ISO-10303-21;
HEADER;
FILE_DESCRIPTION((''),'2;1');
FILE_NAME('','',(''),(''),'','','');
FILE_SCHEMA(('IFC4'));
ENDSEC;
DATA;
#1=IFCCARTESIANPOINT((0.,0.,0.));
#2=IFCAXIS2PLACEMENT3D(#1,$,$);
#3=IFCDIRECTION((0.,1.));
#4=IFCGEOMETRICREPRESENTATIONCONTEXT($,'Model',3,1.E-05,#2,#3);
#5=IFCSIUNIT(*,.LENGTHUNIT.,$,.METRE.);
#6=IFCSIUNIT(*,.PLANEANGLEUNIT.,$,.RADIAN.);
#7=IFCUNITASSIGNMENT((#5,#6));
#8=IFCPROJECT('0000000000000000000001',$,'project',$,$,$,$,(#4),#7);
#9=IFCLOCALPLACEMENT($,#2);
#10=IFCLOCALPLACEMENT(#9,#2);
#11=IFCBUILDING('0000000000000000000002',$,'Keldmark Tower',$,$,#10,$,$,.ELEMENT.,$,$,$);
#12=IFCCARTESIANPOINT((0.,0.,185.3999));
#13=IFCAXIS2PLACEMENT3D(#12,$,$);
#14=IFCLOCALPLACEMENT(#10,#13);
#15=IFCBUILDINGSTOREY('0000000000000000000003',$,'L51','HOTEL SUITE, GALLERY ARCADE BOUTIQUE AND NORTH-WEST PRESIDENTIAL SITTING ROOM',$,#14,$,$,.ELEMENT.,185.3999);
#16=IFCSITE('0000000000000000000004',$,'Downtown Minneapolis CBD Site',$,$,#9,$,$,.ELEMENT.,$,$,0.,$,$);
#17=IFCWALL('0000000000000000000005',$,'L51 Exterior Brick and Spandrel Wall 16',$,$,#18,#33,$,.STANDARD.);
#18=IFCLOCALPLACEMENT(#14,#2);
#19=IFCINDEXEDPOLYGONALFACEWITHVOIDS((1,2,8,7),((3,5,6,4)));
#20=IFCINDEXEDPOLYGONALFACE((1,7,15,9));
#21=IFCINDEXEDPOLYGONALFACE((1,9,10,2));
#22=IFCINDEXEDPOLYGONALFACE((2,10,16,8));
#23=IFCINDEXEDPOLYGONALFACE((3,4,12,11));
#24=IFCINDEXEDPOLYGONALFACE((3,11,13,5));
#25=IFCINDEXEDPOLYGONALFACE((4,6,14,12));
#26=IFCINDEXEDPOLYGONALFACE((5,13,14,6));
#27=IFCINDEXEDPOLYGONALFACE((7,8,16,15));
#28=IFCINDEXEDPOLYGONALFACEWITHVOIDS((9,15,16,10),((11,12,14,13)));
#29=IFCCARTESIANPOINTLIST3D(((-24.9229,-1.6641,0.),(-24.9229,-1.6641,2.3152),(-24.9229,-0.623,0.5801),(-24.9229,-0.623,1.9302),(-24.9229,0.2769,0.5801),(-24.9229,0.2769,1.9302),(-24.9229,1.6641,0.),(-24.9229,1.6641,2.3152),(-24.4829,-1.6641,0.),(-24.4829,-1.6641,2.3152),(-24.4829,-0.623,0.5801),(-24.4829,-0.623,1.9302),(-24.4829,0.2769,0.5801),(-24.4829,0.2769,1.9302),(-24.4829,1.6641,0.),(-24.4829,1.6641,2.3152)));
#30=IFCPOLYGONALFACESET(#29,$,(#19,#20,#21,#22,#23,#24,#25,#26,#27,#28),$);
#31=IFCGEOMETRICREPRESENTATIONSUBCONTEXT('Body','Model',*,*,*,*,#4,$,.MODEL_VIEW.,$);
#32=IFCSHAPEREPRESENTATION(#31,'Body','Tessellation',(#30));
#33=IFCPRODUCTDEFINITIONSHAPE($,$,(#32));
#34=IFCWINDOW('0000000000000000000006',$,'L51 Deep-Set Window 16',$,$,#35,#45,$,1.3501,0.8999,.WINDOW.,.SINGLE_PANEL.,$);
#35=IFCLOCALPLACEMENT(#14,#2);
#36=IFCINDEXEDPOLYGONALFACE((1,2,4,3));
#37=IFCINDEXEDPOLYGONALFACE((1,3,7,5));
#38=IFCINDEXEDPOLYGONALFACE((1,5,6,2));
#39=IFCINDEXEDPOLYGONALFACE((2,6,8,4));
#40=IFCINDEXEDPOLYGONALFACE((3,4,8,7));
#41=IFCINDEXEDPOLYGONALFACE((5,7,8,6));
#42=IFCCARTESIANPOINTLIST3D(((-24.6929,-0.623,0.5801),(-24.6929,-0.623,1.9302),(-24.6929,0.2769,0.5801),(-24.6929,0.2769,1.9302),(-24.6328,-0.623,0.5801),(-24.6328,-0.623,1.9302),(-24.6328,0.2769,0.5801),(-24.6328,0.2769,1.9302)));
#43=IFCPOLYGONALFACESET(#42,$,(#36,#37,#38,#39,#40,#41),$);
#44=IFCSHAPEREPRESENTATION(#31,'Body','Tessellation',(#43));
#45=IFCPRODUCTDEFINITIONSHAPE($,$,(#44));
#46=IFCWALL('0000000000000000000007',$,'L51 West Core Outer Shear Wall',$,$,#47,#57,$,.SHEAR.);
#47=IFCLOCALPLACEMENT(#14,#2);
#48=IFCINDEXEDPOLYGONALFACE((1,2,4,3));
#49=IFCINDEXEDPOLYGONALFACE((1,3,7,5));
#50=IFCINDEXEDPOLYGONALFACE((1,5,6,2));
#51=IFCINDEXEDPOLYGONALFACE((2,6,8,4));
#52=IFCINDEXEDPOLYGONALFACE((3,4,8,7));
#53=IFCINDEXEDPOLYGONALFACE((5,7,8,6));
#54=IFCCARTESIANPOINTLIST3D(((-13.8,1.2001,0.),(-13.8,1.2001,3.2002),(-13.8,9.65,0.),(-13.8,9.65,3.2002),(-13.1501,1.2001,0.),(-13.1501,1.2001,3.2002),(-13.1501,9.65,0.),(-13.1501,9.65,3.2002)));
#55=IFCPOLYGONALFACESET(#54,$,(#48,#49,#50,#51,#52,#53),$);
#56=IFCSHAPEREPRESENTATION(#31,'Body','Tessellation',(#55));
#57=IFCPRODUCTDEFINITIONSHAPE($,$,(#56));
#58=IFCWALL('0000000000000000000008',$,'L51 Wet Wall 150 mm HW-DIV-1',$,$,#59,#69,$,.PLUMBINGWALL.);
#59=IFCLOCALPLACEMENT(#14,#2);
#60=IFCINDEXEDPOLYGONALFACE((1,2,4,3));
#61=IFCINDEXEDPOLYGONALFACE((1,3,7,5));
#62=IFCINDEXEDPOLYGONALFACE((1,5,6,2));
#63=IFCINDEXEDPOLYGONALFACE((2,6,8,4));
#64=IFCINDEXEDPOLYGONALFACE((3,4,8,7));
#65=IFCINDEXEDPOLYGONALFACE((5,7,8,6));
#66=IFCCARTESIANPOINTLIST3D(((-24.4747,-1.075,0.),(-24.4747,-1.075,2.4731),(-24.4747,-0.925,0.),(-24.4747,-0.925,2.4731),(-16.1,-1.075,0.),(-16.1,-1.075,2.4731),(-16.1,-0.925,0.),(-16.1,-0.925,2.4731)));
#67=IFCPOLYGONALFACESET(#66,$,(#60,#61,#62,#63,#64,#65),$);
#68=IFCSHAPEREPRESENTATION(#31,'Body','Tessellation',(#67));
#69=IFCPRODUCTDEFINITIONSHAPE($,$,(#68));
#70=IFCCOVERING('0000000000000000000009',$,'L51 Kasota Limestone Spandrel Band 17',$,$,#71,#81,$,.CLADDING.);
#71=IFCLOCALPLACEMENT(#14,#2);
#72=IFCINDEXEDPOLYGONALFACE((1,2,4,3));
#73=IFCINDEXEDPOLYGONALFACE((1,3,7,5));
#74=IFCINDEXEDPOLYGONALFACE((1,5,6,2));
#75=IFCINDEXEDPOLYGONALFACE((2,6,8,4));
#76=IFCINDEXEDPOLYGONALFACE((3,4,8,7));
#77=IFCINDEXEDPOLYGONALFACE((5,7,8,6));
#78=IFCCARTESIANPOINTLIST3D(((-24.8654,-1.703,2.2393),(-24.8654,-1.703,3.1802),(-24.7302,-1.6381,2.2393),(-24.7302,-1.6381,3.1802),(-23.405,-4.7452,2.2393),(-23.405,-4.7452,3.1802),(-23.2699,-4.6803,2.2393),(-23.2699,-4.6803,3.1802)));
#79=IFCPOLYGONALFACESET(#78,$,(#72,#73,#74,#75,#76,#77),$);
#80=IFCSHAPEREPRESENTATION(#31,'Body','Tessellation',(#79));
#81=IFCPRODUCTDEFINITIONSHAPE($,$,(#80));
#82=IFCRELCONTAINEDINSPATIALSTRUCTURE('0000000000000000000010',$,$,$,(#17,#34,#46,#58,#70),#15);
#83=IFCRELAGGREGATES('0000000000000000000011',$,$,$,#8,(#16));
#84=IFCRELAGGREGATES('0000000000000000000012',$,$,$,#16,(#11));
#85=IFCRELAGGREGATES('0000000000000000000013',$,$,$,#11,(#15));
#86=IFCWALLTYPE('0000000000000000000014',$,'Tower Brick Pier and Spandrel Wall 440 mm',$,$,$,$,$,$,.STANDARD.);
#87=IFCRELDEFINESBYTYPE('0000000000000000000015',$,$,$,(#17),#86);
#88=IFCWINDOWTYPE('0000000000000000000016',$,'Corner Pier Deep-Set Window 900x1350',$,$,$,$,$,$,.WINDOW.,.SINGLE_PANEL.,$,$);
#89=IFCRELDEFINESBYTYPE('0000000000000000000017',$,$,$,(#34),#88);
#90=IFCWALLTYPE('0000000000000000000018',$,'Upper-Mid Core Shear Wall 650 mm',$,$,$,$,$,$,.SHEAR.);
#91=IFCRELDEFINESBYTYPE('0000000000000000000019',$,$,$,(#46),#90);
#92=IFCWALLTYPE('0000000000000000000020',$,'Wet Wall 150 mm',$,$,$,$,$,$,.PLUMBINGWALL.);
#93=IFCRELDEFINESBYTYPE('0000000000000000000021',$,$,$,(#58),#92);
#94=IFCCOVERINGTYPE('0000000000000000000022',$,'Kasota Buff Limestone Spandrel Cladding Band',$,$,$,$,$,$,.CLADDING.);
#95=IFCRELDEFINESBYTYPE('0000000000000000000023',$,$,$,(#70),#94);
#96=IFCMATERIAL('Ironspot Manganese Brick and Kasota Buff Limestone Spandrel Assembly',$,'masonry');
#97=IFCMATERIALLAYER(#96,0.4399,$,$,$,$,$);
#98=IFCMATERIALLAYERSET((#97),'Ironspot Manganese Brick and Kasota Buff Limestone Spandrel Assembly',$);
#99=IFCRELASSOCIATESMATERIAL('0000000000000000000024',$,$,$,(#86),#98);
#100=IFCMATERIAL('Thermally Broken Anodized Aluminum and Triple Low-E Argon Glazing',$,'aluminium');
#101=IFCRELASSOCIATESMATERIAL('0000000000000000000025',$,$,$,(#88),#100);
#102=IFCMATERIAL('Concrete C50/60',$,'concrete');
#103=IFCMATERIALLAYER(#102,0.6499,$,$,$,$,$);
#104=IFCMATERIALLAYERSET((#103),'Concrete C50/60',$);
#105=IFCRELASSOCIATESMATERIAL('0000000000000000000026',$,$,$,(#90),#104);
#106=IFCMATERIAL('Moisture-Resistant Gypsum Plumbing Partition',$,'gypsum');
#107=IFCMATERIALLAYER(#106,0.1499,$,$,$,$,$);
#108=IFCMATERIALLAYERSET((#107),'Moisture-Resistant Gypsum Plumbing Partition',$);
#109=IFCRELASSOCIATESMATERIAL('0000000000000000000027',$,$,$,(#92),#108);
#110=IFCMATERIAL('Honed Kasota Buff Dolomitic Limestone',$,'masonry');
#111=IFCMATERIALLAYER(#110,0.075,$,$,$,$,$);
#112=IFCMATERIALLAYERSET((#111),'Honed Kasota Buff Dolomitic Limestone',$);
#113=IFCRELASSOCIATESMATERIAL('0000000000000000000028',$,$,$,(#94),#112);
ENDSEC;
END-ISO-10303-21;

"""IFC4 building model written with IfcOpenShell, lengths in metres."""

from ifc_helpers import new_model, si_unit, direction, frame, frame_2d, origin, origin_2d, place, context, subcontext, project, spatial, rectangle, extrude, material, layer, layer_set, type_object, element, fill, save


model = new_model("IFC4")

# Units and contexts
model_context = context("Model", 3, precision=1e-05, world=origin(), true_north=direction((0.0, 1.0)))
body_context = subcontext(model_context, "Body", "Model", "MODEL_VIEW")
ifc_project = project(units=[si_unit("LENGTHUNIT", "METRE"), si_unit("PLANEANGLEUNIT", "RADIAN")], contexts=[model_context])

# Site, building, storey
site_placement = place(None, origin())
site = spatial("IfcSite", under=ifc_project, at=site_placement, Name="Downtown Minneapolis CBD Site", CompositionType="ELEMENT", RefElevation=0.0)
building_placement = place(site_placement, origin())
building = spatial("IfcBuilding", under=site, at=building_placement, Name="Keldmark Tower", CompositionType="ELEMENT")
storey_placement = place(building_placement, frame((0.0, 0.0, 185.3999)))
storey = spatial("IfcBuildingStorey", under=building, at=storey_placement, Name="L51", Description="HOTEL SUITE, GALLERY ARCADE BOUTIQUE AND NORTH-WEST PRESIDENTIAL SITTING ROOM", CompositionType="ELEMENT", Elevation=185.3999)

# Wall, opening, window
ifc_material_1 = material(Name="Ironspot Manganese Brick and Kasota Buff Limestone Spandrel Assembly", Category="masonry")
ifc_layer_1 = layer(ifc_material_1, 0.4399)
ifc_layer_set_1 = layer_set([ifc_layer_1], Name="Ironspot Manganese Brick and Kasota Buff Limestone Spandrel Assembly")
wall_type_1 = type_object("IfcWallType", Name="Tower Brick Pier and Spandrel Wall 440 mm", PredefinedType="STANDARD", material=ifc_layer_set_1)
wall_1_placement = place(storey_placement, frame((-24.7029, -1.6641, 0.0), z_axis=(0.0, 0.0, 1.0), x_axis=(0.0, 1.0, 0.0)))
wall_1 = element("IfcWall", 1, at=wall_1_placement, inside=storey, type_object=wall_type_1, Name="L51 Exterior Brick and Spandrel Wall 16", PredefinedType="STANDARD", context=body_context, shape_type="SweptSolid", body=[
    extrude(rectangle(XDim=3.3281, YDim=0.4399, at=frame_2d((1.6641, 0.0))), origin(), (0.0, 0.0, 1.0), 2.3152),
])
opening_1_placement = place(wall_1_placement, frame((1.041, 0.0, 0.5801)))
opening_1 = element("IfcOpeningElement", 2, at=opening_1_placement, cuts=wall_1, PredefinedType="OPENING", context=body_context, shape_type="SweptSolid", body=[
    extrude(rectangle(XDim=0.8999, YDim=1.3501, at=frame_2d((0.45, 0.675))), frame((0.0, 0.23, 0.0), z_axis=(0.0, -1.0, 0.0), x_axis=(1.0, 0.0, 0.0)), (0.0, 0.0, 1.0), 0.46),
])
ifc_material_2 = material(Name="Thermally Broken Anodized Aluminum and Triple Low-E Argon Glazing", Category="aluminium")
window_type = type_object("IfcWindowType", Name="Corner Pier Deep-Set Window 900x1350", PartitioningType="SINGLE_PANEL", PredefinedType="WINDOW", material=ifc_material_2)
window_placement = place(opening_1_placement, origin())
window = element("IfcWindow", 3, at=window_placement, inside=storey, type_object=window_type, Name="L51 Deep-Set Window 16", OverallHeight=1.3501, OverallWidth=0.8999, PartitioningType="SINGLE_PANEL", PredefinedType="WINDOW", context=body_context, shape_type="SweptSolid", body=[
    extrude(rectangle(XDim=0.8999, YDim=1.3501, at=frame_2d((0.45, 0.675))), frame((0.0, -0.01, 0.0), z_axis=(0.0, -1.0, 0.0), x_axis=(1.0, 0.0, 0.0)), (0.0, 0.0, 1.0), 0.0601),
])
fill(opening_1, window)

# Walls
ifc_material_3 = material(Name="Concrete C50/60", Category="concrete")
ifc_layer_2 = layer(ifc_material_3, 0.6499)
ifc_layer_set_2 = layer_set([ifc_layer_2], Name="Concrete C50/60")
wall_type_2 = type_object("IfcWallType", Name="Upper-Mid Core Shear Wall 650 mm", PredefinedType="SHEAR", material=ifc_layer_set_2)
wall_2_placement = place(storey_placement, frame((-13.4751, 1.2, 0.0), z_axis=(0.0, 0.0, 1.0), x_axis=(0.0, 1.0, 0.0)))
element("IfcWall", 4, at=wall_2_placement, inside=storey, type_object=wall_type_2, Name="L51 West Core Outer Shear Wall", PredefinedType="SHEAR", context=body_context, shape_type="SweptSolid", body=[
    extrude(rectangle(XDim=8.45, YDim=0.6499, at=frame_2d((4.2251, 0.0))), origin(), (0.0, 0.0, 1.0), 3.2002),
])
ifc_material_4 = material(Name="Moisture-Resistant Gypsum Plumbing Partition", Category="gypsum")
ifc_layer_3 = layer(ifc_material_4, 0.1499)
ifc_layer_set_3 = layer_set([ifc_layer_3], Name="Moisture-Resistant Gypsum Plumbing Partition")
wall_type_3 = type_object("IfcWallType", Name="Wet Wall 150 mm", PredefinedType="PLUMBINGWALL", material=ifc_layer_set_3)
wall_3_placement = place(storey_placement, frame((-24.4749, -1.0, 0.0), z_axis=(0.0, 0.0, 1.0), x_axis=(1.0, 0.0, 0.0)))
element("IfcWall", 5, at=wall_3_placement, inside=storey, type_object=wall_type_3, Name="L51 Wet Wall 150 mm HW-DIV-1", PredefinedType="PLUMBINGWALL", context=body_context, shape_type="SweptSolid", body=[
    extrude(rectangle(XDim=8.3748, YDim=0.1499, at=frame_2d((4.1875, 0.0))), origin(), (0.0, 0.0, 1.0), 2.4731),
])

# Covering
ifc_material_5 = material(Name="Honed Kasota Buff Dolomitic Limestone", Category="masonry")
ifc_layer_4 = layer(ifc_material_5, 0.075)
ifc_layer_set_4 = layer_set([ifc_layer_4], Name="Honed Kasota Buff Dolomitic Limestone")
covering_type = type_object("IfcCoveringType", Name="Kasota Buff Limestone Spandrel Cladding Band", PredefinedType="CLADDING", material=ifc_layer_set_4)
covering_placement = place(storey_placement, frame((-24.0676, -3.1917, 2.2393), z_axis=(0.0, 0.0, 1.0), x_axis=(0.432762, -0.901508, 0.0)))
element("IfcCovering", 6, at=covering_placement, inside=storey, type_object=covering_type, Name="L51 Kasota Limestone Spandrel Band 17", PredefinedType="CLADDING", context=body_context, shape_type="SweptSolid", body=[
    extrude(rectangle(XDim=3.3745, YDim=0.1499, at=origin_2d()), origin(), (0.0, 0.0, 1.0), 0.9409),
])

save(model, "model.ifc")
